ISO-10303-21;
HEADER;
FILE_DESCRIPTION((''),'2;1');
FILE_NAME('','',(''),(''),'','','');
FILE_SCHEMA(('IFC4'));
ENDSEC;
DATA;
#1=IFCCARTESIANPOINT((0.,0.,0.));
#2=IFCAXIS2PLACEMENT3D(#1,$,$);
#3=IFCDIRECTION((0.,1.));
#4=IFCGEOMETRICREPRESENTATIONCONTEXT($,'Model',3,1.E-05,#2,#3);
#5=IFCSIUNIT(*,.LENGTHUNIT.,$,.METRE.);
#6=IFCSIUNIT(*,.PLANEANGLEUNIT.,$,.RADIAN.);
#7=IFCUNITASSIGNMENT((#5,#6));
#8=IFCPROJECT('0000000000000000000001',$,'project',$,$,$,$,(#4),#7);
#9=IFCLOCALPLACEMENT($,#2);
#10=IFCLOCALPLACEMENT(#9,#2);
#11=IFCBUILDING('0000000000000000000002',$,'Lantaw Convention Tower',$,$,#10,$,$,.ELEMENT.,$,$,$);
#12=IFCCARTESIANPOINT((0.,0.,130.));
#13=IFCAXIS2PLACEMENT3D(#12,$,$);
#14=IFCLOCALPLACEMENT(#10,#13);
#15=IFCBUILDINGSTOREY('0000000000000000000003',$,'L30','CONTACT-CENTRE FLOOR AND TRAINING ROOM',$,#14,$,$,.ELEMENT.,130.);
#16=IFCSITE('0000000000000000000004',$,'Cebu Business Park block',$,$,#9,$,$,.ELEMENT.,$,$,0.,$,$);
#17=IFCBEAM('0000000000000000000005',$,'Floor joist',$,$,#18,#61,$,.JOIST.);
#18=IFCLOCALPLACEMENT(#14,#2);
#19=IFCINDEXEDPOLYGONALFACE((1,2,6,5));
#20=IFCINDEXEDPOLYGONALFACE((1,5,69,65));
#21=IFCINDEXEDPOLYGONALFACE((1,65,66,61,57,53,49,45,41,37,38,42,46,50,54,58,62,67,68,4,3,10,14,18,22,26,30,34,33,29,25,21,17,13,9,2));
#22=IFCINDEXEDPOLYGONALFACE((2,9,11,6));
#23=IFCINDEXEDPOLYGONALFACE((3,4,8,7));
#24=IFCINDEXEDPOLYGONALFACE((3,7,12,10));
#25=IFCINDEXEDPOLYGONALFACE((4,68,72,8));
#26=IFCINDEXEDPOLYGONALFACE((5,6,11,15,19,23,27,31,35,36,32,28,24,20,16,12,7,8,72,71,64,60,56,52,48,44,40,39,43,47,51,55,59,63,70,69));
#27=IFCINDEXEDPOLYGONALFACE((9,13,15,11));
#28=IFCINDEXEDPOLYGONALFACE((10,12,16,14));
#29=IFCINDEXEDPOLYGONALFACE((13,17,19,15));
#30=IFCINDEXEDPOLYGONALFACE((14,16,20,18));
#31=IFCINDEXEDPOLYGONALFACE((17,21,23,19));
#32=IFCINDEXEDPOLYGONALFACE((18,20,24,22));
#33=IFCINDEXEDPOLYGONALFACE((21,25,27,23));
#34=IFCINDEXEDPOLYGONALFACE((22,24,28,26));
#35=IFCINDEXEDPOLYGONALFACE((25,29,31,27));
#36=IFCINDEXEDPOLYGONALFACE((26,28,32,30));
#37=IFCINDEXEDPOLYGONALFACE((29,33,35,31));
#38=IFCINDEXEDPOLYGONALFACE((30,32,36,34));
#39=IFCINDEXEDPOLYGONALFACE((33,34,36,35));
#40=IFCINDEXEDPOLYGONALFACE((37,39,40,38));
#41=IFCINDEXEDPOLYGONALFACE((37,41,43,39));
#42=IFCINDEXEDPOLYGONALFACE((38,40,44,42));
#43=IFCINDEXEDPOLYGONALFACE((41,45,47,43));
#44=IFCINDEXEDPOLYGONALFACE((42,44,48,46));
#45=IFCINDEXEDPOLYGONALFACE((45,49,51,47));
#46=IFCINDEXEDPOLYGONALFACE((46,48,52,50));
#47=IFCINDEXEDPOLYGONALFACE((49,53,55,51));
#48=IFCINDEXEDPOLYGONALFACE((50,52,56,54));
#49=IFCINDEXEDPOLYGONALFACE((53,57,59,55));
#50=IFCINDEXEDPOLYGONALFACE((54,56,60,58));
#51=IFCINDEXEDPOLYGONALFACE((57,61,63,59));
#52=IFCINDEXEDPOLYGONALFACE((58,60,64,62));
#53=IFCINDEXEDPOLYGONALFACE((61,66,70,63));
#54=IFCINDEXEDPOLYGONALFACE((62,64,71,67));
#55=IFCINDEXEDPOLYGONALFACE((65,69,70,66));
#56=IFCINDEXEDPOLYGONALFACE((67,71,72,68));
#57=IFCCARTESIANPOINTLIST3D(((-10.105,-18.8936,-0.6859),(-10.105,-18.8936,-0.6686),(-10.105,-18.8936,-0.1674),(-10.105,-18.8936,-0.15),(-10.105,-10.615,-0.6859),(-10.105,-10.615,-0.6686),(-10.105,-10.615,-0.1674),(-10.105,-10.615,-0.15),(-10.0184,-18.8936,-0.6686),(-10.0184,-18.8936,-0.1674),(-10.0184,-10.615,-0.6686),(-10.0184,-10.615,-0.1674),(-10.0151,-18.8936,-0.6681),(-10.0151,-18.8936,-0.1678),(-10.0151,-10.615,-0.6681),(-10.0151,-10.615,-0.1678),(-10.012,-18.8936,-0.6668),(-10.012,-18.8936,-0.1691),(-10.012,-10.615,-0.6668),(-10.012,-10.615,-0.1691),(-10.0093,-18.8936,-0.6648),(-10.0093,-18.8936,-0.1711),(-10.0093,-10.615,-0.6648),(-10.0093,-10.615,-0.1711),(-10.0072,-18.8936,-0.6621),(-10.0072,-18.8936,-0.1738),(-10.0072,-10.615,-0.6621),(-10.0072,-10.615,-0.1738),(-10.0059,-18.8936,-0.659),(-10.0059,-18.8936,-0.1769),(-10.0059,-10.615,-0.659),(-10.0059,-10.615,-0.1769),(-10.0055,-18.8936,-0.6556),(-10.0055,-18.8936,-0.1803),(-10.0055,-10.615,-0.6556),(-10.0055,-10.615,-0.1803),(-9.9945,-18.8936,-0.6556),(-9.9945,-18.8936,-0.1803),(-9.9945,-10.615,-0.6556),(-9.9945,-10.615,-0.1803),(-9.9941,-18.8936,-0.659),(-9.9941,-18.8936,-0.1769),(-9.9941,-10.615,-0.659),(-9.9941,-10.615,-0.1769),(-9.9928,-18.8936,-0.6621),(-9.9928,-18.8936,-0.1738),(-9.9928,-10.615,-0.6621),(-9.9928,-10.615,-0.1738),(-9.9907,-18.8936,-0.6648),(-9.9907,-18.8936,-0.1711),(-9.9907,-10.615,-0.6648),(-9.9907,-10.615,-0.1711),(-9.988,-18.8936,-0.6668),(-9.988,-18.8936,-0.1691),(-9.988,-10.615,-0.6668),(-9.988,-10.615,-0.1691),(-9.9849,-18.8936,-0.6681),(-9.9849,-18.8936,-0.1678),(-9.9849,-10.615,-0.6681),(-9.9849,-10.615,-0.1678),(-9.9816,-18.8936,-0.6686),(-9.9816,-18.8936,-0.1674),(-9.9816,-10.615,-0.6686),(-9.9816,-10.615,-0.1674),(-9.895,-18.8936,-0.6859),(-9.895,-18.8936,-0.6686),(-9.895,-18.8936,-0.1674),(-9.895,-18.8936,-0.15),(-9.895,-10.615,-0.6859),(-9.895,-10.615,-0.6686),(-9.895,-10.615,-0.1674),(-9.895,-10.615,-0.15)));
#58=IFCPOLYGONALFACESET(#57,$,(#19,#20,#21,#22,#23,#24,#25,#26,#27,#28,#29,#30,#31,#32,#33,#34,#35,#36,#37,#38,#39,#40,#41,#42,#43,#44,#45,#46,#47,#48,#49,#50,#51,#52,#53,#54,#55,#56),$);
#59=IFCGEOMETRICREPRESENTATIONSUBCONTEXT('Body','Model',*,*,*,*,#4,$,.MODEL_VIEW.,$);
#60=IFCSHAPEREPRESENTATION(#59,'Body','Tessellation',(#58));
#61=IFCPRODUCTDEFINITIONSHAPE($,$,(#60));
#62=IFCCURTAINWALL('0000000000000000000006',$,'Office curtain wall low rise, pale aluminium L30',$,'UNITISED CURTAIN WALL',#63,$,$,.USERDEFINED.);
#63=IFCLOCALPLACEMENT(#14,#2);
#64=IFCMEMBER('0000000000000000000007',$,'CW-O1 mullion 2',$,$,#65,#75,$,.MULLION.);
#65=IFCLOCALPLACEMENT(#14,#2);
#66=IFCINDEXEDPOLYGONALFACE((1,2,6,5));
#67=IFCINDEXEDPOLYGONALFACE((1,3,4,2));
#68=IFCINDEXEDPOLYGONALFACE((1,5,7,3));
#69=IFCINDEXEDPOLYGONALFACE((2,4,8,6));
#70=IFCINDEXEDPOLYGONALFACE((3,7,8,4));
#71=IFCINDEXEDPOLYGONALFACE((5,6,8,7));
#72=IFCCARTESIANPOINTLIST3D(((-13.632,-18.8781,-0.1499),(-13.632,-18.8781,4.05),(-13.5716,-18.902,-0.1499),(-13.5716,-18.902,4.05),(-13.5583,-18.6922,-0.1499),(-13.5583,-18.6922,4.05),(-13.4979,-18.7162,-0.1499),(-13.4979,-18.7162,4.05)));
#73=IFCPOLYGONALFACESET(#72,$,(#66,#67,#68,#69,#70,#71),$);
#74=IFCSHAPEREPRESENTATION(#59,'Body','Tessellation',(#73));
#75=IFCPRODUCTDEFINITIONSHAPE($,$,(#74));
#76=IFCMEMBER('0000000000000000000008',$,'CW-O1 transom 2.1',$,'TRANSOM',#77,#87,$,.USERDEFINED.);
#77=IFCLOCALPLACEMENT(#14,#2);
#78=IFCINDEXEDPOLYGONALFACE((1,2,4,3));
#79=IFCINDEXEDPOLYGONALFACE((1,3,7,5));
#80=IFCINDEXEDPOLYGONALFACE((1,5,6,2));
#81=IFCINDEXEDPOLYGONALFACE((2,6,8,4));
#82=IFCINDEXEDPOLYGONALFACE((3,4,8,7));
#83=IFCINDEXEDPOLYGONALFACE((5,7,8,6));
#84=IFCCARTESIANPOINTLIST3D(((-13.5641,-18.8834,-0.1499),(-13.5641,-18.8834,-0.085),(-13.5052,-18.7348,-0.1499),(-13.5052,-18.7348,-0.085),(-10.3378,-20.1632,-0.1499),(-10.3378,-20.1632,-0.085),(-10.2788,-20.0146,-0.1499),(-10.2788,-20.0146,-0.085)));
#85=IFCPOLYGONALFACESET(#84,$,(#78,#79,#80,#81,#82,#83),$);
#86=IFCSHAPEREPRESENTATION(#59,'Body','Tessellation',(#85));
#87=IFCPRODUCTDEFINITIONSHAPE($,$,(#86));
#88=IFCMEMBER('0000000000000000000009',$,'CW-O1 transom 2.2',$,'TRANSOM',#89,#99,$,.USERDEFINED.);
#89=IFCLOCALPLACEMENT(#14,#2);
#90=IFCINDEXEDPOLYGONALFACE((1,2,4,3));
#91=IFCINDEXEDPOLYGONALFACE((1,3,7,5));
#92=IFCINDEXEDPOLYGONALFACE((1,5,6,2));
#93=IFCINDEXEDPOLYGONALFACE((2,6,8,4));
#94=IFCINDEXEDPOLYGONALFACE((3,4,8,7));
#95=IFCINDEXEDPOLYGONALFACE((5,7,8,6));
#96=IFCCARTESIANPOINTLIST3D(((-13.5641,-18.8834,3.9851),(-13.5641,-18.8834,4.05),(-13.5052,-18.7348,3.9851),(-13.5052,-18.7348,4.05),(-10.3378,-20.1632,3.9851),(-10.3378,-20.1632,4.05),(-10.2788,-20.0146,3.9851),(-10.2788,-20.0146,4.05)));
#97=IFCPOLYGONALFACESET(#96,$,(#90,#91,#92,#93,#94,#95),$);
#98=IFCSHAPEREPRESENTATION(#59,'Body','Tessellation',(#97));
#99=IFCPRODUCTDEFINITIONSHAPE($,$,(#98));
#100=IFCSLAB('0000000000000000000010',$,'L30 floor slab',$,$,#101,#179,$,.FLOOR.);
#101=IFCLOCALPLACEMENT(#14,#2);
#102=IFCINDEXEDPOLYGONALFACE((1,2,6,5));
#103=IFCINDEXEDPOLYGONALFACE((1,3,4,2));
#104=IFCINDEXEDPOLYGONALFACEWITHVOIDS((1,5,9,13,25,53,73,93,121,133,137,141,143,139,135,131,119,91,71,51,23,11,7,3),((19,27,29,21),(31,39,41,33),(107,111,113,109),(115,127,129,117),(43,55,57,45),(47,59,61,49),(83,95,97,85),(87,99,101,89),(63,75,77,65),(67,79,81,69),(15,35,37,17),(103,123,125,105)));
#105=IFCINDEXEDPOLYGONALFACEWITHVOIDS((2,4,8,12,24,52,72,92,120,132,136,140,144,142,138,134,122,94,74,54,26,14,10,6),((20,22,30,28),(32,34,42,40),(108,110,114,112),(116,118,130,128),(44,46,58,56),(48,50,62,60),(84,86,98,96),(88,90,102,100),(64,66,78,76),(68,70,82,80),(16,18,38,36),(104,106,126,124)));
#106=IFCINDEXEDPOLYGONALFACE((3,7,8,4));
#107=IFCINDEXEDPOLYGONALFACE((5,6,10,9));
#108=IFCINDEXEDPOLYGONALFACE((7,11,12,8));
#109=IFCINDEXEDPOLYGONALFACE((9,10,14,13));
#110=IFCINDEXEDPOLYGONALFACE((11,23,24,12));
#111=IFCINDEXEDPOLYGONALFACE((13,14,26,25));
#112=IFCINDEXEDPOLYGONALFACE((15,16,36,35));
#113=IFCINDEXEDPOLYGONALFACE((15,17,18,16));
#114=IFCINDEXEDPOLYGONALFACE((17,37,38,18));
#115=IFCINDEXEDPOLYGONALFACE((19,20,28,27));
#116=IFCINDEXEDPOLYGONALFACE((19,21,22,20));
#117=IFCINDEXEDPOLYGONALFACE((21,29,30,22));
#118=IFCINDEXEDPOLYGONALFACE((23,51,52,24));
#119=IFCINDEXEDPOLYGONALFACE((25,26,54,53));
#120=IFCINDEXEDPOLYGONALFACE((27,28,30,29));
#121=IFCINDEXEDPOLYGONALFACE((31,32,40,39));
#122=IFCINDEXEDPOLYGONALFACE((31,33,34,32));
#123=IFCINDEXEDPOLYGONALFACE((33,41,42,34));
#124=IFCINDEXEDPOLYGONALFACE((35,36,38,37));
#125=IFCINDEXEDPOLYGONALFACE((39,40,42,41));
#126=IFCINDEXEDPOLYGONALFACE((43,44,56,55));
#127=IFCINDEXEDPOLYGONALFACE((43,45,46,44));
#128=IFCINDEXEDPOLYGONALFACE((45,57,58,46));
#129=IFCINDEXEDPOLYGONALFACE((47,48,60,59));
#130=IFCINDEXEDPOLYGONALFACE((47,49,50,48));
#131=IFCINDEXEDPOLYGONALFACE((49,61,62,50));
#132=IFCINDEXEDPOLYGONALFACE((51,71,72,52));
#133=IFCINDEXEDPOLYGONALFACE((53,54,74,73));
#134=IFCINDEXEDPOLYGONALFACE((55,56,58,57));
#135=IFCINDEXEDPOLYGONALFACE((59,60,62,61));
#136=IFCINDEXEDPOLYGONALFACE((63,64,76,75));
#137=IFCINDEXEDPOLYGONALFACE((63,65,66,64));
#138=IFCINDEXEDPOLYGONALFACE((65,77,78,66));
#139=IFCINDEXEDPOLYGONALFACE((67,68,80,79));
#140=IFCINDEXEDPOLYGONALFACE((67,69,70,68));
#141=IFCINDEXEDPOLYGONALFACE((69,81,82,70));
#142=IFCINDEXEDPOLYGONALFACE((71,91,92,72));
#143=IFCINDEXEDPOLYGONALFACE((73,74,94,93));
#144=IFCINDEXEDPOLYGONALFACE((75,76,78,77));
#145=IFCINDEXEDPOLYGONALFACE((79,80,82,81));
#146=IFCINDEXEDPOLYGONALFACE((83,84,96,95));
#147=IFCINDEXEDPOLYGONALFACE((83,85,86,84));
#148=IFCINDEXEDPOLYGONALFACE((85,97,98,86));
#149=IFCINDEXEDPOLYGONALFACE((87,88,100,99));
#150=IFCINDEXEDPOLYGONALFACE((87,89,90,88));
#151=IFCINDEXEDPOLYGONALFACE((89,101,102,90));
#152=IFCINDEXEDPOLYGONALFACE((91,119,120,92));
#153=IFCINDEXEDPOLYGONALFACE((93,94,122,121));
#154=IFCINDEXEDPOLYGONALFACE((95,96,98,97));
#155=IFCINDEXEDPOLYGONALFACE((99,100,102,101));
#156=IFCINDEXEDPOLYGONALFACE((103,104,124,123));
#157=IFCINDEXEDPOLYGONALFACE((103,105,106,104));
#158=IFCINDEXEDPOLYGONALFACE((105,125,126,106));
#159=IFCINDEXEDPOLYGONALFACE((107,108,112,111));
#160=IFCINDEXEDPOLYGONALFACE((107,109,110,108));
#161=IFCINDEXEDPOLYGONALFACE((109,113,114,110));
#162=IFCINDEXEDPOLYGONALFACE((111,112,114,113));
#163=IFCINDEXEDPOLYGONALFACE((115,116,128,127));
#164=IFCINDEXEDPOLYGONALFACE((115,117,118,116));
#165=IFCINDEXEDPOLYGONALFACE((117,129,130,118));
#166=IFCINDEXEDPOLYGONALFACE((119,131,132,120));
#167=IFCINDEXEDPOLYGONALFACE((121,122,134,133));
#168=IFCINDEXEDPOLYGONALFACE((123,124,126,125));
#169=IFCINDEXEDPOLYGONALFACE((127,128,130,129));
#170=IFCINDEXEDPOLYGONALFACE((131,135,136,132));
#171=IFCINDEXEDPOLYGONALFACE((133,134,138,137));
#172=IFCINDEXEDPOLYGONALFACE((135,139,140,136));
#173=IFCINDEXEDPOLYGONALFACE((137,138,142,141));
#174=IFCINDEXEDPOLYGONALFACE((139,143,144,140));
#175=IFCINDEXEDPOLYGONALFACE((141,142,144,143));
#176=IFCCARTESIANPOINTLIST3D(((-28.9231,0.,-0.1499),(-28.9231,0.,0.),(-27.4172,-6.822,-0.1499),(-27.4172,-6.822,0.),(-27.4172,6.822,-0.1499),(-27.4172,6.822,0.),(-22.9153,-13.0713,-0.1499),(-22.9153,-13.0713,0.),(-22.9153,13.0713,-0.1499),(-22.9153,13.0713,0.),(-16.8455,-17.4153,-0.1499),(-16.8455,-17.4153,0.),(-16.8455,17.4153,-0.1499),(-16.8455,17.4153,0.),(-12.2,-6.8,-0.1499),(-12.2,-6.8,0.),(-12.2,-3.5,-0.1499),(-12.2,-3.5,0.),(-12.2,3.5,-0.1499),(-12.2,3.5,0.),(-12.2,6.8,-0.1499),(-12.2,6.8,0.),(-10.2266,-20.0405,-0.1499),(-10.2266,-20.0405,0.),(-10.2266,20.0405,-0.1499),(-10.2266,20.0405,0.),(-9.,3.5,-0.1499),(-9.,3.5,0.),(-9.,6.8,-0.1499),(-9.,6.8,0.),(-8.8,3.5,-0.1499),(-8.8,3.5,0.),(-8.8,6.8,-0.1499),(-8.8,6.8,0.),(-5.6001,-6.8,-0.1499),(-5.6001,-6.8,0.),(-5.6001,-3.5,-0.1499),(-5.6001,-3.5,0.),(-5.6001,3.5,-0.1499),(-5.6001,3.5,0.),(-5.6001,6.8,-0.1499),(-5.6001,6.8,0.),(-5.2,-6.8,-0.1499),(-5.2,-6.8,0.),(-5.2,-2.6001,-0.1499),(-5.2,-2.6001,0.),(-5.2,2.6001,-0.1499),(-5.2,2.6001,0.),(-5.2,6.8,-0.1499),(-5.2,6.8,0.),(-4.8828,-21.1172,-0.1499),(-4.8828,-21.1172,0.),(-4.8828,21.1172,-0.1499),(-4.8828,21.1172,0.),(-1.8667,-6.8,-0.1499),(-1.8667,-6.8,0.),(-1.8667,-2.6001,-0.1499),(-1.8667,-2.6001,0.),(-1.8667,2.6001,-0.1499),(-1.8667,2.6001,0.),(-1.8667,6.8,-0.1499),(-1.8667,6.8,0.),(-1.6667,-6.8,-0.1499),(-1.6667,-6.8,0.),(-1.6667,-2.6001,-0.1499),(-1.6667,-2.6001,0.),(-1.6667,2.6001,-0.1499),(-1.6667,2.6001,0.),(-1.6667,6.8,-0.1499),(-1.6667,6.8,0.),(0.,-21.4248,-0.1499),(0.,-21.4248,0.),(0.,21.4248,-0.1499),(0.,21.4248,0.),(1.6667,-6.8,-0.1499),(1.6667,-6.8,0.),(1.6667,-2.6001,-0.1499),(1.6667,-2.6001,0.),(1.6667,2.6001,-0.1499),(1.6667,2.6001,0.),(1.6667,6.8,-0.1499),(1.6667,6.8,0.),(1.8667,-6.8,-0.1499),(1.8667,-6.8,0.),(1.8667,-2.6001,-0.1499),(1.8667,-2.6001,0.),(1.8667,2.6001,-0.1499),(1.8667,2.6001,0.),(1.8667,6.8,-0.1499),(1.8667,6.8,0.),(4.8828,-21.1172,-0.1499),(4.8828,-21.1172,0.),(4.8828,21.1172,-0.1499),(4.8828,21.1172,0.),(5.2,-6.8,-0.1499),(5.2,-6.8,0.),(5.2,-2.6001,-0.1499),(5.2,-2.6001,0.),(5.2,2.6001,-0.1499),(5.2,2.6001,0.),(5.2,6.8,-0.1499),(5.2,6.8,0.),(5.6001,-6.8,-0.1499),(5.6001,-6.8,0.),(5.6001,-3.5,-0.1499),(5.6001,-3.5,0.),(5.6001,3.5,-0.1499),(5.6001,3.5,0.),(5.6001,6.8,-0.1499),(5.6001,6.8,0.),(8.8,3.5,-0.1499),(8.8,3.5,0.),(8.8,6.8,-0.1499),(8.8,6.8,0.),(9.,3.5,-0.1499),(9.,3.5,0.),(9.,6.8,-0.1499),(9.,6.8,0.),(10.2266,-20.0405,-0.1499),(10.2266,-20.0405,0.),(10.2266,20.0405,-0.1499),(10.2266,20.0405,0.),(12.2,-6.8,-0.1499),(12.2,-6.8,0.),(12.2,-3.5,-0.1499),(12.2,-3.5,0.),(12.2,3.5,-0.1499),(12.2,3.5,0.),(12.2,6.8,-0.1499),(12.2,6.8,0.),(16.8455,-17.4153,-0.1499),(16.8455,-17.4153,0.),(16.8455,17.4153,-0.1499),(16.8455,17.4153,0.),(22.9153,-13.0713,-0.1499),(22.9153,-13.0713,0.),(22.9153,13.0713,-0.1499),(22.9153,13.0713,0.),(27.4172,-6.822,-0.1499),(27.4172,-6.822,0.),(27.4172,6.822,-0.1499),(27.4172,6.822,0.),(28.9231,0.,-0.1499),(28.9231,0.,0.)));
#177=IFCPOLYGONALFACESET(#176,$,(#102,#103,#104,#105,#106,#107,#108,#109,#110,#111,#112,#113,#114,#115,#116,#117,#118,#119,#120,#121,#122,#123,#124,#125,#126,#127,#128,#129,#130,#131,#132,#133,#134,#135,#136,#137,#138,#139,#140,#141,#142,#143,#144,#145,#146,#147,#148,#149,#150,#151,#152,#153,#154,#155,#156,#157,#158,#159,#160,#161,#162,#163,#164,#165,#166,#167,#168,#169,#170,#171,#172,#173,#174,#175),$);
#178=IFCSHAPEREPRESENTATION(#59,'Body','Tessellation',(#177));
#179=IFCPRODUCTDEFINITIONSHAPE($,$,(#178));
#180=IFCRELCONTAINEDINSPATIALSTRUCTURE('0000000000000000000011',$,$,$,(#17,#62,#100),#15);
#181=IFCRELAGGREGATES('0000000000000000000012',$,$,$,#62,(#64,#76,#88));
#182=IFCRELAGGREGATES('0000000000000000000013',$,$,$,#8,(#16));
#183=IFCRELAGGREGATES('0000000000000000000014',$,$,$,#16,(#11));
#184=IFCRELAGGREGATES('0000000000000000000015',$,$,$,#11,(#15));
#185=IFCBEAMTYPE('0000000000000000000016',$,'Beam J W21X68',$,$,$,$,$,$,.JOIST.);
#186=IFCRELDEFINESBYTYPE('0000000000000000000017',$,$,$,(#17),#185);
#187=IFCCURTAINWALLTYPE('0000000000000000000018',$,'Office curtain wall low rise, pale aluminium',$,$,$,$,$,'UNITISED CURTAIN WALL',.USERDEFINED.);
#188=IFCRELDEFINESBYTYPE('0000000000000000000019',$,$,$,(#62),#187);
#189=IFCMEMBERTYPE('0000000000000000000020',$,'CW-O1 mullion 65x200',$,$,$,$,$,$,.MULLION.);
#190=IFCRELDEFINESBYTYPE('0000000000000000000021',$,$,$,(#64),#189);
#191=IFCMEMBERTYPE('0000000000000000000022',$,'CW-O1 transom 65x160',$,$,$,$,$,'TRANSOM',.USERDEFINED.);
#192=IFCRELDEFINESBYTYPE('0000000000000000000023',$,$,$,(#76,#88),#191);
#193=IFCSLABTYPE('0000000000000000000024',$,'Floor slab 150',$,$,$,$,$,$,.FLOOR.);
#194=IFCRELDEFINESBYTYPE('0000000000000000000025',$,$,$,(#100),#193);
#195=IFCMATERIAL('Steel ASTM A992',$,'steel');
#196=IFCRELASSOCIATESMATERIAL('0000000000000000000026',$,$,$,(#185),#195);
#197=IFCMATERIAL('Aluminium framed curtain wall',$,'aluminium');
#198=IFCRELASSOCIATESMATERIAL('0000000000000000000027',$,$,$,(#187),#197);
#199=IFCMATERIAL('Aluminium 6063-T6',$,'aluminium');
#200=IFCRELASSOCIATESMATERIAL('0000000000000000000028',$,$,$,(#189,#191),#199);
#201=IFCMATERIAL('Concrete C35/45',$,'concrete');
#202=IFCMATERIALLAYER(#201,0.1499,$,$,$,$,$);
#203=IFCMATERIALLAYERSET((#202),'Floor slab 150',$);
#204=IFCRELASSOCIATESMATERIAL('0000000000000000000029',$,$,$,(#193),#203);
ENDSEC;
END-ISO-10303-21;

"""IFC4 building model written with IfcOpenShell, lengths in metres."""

from ifc_helpers import new_model, si_unit, direction, frame, origin, origin_2d, place, context, subcontext, project, spatial, polyline, rectangle, i_section, outline, extrude, material, layer, layer_set, material_profile, profile_set, type_object, element, aggregate, save


model = new_model("IFC4")

# Units and contexts
model_context = context("Model", 3, precision=1e-05, world=origin(), true_north=direction((0.0, 1.0)))
body_context = subcontext(model_context, "Body", "Model", "MODEL_VIEW")
ifc_project = project(units=[si_unit("LENGTHUNIT", "METRE"), si_unit("PLANEANGLEUNIT", "RADIAN")], contexts=[model_context])

# Site, building, storey
site_placement = place(None, origin())
site = spatial("IfcSite", under=ifc_project, at=site_placement, Name="Cebu Business Park block", CompositionType="ELEMENT", RefElevation=0.0)
building_placement = place(site_placement, origin())
building = spatial("IfcBuilding", under=site, at=building_placement, Name="Lantaw Convention Tower", CompositionType="ELEMENT")
storey_placement = place(building_placement, frame((0.0, 0.0, 130.0)))
storey = spatial("IfcBuildingStorey", under=building, at=storey_placement, Name="L30", Description="CONTACT-CENTRE FLOOR AND TRAINING ROOM", CompositionType="ELEMENT", Elevation=130.0)

# Beam
ifc_material_1 = material(Name="Steel ASTM A992", Category="steel")
ifc_material_profile_1 = material_profile(ifc_material_1, i_section(OverallWidth=0.21, OverallDepth=0.5359, WebThickness=0.011, FlangeThickness=0.0173, FilletRadius=0.0129, at=origin_2d()), Name="W21X68")
ifc_profile_set_1 = profile_set([ifc_material_profile_1], Name="Steel ASTM A992")
beam_type_1 = type_object("IfcBeamType", Name="Beam J W21X68", PredefinedType="JOIST", material=ifc_profile_set_1)
beam_1_placement = place(storey_placement, frame((-10.0, -18.8936, -0.418), z_axis=(0.0, 1.0, 0.0), x_axis=(-1.0, 0.0, 0.0)))
element("IfcBeam", 1, at=beam_1_placement, inside=storey, type_object=beam_type_1, Name="Floor joist", PredefinedType="JOIST", context=body_context, shape_type="SweptSolid", body=[
    extrude(i_section(OverallWidth=0.21, OverallDepth=0.5359, WebThickness=0.011, FlangeThickness=0.0173, FilletRadius=0.0129, at=origin_2d()), origin(), (0.0, 0.0, 1.0), 8.2786),
])

# Curtain wall, members
ifc_material_2 = material(Name="Aluminium framed curtain wall", Category="aluminium")
curtain_wall_type = type_object("IfcCurtainWallType", Name="Office curtain wall low rise, pale aluminium", ElementType="UNITISED CURTAIN WALL", PredefinedType="USERDEFINED", material=ifc_material_2)
curtain_wall_placement = place(storey_placement, origin())
curtain_wall = element("IfcCurtainWall", 2, at=curtain_wall_placement, inside=storey, type_object=curtain_wall_type, Name="Office curtain wall low rise, pale aluminium L30", ObjectType="UNITISED CURTAIN WALL", PredefinedType="USERDEFINED")
ifc_material_3 = material(Name="Aluminium 6063-T6", Category="aluminium")
ifc_material_profile_2 = material_profile(ifc_material_3, rectangle(XDim=0.2, YDim=0.0649, at=origin_2d()), Name="CW-O1 mullion 65x200")
ifc_profile_set_2 = profile_set([ifc_material_profile_2], Name="Aluminium 6063-T6")
member_type_1 = type_object("IfcMemberType", Name="CW-O1 mullion 65x200", PredefinedType="MULLION", material=ifc_profile_set_2)
member_1_placement = place(storey_placement, frame((-13.5649, -18.7971, -0.1499), z_axis=(0.0, 0.0, 1.0), x_axis=(0.368702, 0.929548, 0.0)))
member_1 = element("IfcMember", 3, at=member_1_placement, type_object=member_type_1, Name="CW-O1 mullion 2", PredefinedType="MULLION", context=body_context, shape_type="SweptSolid", body=[
    extrude(rectangle(XDim=0.2, YDim=0.0649, at=origin_2d()), origin(), (0.0, 0.0, 1.0), 4.2),
])
ifc_material_profile_3 = material_profile(ifc_material_3, rectangle(XDim=0.1599, YDim=0.0649, at=origin_2d()), Name="CW-O1 transom 65x160")
ifc_profile_set_3 = profile_set([ifc_material_profile_3], Name="Aluminium 6063-T6")
member_type_2 = type_object("IfcMemberType", Name="CW-O1 transom 65x160", ElementType="TRANSOM", PredefinedType="USERDEFINED", material=ifc_profile_set_3)
member_2_placement = place(storey_placement, frame((-13.5347, -18.8091, -0.1174), z_axis=(0.92954, -0.368721, 0.0), x_axis=(0.368721, 0.92954, 0.0)))
member_2 = element("IfcMember", 4, at=member_2_placement, type_object=member_type_2, Name="CW-O1 transom 2.1", ObjectType="TRANSOM", PredefinedType="USERDEFINED", context=body_context, shape_type="SweptSolid", body=[
    extrude(rectangle(XDim=0.1599, YDim=0.0649, at=origin_2d()), origin(), (0.0, 0.0, 1.0), 3.4709),
])
member_3_placement = place(storey_placement, frame((-13.5347, -18.8091, 4.0176), z_axis=(0.92954, -0.368721, 0.0), x_axis=(0.368721, 0.92954, 0.0)))
member_3 = element("IfcMember", 5, at=member_3_placement, type_object=member_type_2, Name="CW-O1 transom 2.2", ObjectType="TRANSOM", PredefinedType="USERDEFINED", context=body_context, shape_type="SweptSolid", body=[
    extrude(rectangle(XDim=0.1599, YDim=0.0649, at=origin_2d()), origin(), (0.0, 0.0, 1.0), 3.4709),
])
aggregate(curtain_wall, [member_1, member_2, member_3])

# Slab
ifc_material_4 = material(Name="Concrete C35/45", Category="concrete")
ifc_layer_1 = layer(ifc_material_4, 0.1499)
ifc_layer_set_1 = layer_set([ifc_layer_1], Name="Floor slab 150")
slab_type = type_object("IfcSlabType", Name="Floor slab 150", PredefinedType="FLOOR", material=ifc_layer_set_1)
slab_placement = place(storey_placement, frame((0.0, 0.0, -0.1499)))
element("IfcSlab", 6, at=slab_placement, inside=storey, type_object=slab_type, Name="L30 floor slab", PredefinedType="FLOOR", context=body_context, shape_type="SweptSolid", body=[
    extrude(outline(polyline([(27.4172, -6.822), (28.9231, 0.0), (27.4172, 6.822), (22.9153, 13.0713), (16.8455, 17.4153), (10.2266, 20.0405), (4.8828, 21.1172), (0.0, 21.4248), (-4.8828, 21.1172), (-10.2266, 20.0405), (-16.8455, 17.4153), (-22.9153, 13.0713), (-27.4172, 6.822), (-28.9231, 0.0), (-27.4172, -6.822), (-22.9153, -13.0713), (-16.8455, -17.4153), (-10.2266, -20.0405), (-4.8828, -21.1172), (0.0, -21.4248), (4.8828, -21.1172), (10.2266, -20.0405), (16.8455, -17.4153), (22.9153, -13.0713), (27.4172, -6.822)]), holes=[polyline([(-5.6001, -3.5), (-12.2, -3.5), (-12.2, -6.8), (-5.6001, -6.8), (-5.6001, -3.5)]), polyline([(-1.8667, -6.8), (-1.8667, -2.6001), (-5.2, -2.6001), (-5.2, -6.8), (-1.8667, -6.8)]), polyline([(-1.8667, 2.6001), (-1.8667, 6.8), (-5.2, 6.8), (-5.2, 2.6001), (-1.8667, 2.6001)]), polyline([(1.6667, 6.8), (-1.6667, 6.8), (-1.6667, 2.6001), (1.6667, 2.6001), (1.6667, 6.8)]), polyline([(-9.0, 3.5), (-9.0, 6.8), (-12.2, 6.8), (-12.2, 3.5), (-9.0, 3.5)]), polyline([(-5.6001, 3.5), (-5.6001, 6.8), (-8.8, 6.8), (-8.8, 3.5), (-5.6001, 3.5)]), polyline([(12.2, -3.5), (5.6001, -3.5), (5.6001, -6.8), (12.2, -6.8), (12.2, -3.5)]), polyline([(1.6667, -6.8), (1.6667, -2.6001), (-1.6667, -2.6001), (-1.6667, -6.8), (1.6667, -6.8)]), polyline([(5.2, -6.8), (5.2, -2.6001), (1.8667, -2.6001), (1.8667, -6.8), (5.2, -6.8)]), polyline([(5.2, 6.8), (1.8667, 6.8), (1.8667, 2.6001), (5.2, 2.6001), (5.2, 6.8)]), polyline([(8.8, 3.5), (8.8, 6.8), (5.6001, 6.8), (5.6001, 3.5), (8.8, 3.5)]), polyline([(12.2, 3.5), (12.2, 6.8), (9.0, 6.8), (9.0, 3.5), (12.2, 3.5)])]), origin(), (0.0, 0.0, 1.0), 0.1499),
])

save(model, "model.ifc")
